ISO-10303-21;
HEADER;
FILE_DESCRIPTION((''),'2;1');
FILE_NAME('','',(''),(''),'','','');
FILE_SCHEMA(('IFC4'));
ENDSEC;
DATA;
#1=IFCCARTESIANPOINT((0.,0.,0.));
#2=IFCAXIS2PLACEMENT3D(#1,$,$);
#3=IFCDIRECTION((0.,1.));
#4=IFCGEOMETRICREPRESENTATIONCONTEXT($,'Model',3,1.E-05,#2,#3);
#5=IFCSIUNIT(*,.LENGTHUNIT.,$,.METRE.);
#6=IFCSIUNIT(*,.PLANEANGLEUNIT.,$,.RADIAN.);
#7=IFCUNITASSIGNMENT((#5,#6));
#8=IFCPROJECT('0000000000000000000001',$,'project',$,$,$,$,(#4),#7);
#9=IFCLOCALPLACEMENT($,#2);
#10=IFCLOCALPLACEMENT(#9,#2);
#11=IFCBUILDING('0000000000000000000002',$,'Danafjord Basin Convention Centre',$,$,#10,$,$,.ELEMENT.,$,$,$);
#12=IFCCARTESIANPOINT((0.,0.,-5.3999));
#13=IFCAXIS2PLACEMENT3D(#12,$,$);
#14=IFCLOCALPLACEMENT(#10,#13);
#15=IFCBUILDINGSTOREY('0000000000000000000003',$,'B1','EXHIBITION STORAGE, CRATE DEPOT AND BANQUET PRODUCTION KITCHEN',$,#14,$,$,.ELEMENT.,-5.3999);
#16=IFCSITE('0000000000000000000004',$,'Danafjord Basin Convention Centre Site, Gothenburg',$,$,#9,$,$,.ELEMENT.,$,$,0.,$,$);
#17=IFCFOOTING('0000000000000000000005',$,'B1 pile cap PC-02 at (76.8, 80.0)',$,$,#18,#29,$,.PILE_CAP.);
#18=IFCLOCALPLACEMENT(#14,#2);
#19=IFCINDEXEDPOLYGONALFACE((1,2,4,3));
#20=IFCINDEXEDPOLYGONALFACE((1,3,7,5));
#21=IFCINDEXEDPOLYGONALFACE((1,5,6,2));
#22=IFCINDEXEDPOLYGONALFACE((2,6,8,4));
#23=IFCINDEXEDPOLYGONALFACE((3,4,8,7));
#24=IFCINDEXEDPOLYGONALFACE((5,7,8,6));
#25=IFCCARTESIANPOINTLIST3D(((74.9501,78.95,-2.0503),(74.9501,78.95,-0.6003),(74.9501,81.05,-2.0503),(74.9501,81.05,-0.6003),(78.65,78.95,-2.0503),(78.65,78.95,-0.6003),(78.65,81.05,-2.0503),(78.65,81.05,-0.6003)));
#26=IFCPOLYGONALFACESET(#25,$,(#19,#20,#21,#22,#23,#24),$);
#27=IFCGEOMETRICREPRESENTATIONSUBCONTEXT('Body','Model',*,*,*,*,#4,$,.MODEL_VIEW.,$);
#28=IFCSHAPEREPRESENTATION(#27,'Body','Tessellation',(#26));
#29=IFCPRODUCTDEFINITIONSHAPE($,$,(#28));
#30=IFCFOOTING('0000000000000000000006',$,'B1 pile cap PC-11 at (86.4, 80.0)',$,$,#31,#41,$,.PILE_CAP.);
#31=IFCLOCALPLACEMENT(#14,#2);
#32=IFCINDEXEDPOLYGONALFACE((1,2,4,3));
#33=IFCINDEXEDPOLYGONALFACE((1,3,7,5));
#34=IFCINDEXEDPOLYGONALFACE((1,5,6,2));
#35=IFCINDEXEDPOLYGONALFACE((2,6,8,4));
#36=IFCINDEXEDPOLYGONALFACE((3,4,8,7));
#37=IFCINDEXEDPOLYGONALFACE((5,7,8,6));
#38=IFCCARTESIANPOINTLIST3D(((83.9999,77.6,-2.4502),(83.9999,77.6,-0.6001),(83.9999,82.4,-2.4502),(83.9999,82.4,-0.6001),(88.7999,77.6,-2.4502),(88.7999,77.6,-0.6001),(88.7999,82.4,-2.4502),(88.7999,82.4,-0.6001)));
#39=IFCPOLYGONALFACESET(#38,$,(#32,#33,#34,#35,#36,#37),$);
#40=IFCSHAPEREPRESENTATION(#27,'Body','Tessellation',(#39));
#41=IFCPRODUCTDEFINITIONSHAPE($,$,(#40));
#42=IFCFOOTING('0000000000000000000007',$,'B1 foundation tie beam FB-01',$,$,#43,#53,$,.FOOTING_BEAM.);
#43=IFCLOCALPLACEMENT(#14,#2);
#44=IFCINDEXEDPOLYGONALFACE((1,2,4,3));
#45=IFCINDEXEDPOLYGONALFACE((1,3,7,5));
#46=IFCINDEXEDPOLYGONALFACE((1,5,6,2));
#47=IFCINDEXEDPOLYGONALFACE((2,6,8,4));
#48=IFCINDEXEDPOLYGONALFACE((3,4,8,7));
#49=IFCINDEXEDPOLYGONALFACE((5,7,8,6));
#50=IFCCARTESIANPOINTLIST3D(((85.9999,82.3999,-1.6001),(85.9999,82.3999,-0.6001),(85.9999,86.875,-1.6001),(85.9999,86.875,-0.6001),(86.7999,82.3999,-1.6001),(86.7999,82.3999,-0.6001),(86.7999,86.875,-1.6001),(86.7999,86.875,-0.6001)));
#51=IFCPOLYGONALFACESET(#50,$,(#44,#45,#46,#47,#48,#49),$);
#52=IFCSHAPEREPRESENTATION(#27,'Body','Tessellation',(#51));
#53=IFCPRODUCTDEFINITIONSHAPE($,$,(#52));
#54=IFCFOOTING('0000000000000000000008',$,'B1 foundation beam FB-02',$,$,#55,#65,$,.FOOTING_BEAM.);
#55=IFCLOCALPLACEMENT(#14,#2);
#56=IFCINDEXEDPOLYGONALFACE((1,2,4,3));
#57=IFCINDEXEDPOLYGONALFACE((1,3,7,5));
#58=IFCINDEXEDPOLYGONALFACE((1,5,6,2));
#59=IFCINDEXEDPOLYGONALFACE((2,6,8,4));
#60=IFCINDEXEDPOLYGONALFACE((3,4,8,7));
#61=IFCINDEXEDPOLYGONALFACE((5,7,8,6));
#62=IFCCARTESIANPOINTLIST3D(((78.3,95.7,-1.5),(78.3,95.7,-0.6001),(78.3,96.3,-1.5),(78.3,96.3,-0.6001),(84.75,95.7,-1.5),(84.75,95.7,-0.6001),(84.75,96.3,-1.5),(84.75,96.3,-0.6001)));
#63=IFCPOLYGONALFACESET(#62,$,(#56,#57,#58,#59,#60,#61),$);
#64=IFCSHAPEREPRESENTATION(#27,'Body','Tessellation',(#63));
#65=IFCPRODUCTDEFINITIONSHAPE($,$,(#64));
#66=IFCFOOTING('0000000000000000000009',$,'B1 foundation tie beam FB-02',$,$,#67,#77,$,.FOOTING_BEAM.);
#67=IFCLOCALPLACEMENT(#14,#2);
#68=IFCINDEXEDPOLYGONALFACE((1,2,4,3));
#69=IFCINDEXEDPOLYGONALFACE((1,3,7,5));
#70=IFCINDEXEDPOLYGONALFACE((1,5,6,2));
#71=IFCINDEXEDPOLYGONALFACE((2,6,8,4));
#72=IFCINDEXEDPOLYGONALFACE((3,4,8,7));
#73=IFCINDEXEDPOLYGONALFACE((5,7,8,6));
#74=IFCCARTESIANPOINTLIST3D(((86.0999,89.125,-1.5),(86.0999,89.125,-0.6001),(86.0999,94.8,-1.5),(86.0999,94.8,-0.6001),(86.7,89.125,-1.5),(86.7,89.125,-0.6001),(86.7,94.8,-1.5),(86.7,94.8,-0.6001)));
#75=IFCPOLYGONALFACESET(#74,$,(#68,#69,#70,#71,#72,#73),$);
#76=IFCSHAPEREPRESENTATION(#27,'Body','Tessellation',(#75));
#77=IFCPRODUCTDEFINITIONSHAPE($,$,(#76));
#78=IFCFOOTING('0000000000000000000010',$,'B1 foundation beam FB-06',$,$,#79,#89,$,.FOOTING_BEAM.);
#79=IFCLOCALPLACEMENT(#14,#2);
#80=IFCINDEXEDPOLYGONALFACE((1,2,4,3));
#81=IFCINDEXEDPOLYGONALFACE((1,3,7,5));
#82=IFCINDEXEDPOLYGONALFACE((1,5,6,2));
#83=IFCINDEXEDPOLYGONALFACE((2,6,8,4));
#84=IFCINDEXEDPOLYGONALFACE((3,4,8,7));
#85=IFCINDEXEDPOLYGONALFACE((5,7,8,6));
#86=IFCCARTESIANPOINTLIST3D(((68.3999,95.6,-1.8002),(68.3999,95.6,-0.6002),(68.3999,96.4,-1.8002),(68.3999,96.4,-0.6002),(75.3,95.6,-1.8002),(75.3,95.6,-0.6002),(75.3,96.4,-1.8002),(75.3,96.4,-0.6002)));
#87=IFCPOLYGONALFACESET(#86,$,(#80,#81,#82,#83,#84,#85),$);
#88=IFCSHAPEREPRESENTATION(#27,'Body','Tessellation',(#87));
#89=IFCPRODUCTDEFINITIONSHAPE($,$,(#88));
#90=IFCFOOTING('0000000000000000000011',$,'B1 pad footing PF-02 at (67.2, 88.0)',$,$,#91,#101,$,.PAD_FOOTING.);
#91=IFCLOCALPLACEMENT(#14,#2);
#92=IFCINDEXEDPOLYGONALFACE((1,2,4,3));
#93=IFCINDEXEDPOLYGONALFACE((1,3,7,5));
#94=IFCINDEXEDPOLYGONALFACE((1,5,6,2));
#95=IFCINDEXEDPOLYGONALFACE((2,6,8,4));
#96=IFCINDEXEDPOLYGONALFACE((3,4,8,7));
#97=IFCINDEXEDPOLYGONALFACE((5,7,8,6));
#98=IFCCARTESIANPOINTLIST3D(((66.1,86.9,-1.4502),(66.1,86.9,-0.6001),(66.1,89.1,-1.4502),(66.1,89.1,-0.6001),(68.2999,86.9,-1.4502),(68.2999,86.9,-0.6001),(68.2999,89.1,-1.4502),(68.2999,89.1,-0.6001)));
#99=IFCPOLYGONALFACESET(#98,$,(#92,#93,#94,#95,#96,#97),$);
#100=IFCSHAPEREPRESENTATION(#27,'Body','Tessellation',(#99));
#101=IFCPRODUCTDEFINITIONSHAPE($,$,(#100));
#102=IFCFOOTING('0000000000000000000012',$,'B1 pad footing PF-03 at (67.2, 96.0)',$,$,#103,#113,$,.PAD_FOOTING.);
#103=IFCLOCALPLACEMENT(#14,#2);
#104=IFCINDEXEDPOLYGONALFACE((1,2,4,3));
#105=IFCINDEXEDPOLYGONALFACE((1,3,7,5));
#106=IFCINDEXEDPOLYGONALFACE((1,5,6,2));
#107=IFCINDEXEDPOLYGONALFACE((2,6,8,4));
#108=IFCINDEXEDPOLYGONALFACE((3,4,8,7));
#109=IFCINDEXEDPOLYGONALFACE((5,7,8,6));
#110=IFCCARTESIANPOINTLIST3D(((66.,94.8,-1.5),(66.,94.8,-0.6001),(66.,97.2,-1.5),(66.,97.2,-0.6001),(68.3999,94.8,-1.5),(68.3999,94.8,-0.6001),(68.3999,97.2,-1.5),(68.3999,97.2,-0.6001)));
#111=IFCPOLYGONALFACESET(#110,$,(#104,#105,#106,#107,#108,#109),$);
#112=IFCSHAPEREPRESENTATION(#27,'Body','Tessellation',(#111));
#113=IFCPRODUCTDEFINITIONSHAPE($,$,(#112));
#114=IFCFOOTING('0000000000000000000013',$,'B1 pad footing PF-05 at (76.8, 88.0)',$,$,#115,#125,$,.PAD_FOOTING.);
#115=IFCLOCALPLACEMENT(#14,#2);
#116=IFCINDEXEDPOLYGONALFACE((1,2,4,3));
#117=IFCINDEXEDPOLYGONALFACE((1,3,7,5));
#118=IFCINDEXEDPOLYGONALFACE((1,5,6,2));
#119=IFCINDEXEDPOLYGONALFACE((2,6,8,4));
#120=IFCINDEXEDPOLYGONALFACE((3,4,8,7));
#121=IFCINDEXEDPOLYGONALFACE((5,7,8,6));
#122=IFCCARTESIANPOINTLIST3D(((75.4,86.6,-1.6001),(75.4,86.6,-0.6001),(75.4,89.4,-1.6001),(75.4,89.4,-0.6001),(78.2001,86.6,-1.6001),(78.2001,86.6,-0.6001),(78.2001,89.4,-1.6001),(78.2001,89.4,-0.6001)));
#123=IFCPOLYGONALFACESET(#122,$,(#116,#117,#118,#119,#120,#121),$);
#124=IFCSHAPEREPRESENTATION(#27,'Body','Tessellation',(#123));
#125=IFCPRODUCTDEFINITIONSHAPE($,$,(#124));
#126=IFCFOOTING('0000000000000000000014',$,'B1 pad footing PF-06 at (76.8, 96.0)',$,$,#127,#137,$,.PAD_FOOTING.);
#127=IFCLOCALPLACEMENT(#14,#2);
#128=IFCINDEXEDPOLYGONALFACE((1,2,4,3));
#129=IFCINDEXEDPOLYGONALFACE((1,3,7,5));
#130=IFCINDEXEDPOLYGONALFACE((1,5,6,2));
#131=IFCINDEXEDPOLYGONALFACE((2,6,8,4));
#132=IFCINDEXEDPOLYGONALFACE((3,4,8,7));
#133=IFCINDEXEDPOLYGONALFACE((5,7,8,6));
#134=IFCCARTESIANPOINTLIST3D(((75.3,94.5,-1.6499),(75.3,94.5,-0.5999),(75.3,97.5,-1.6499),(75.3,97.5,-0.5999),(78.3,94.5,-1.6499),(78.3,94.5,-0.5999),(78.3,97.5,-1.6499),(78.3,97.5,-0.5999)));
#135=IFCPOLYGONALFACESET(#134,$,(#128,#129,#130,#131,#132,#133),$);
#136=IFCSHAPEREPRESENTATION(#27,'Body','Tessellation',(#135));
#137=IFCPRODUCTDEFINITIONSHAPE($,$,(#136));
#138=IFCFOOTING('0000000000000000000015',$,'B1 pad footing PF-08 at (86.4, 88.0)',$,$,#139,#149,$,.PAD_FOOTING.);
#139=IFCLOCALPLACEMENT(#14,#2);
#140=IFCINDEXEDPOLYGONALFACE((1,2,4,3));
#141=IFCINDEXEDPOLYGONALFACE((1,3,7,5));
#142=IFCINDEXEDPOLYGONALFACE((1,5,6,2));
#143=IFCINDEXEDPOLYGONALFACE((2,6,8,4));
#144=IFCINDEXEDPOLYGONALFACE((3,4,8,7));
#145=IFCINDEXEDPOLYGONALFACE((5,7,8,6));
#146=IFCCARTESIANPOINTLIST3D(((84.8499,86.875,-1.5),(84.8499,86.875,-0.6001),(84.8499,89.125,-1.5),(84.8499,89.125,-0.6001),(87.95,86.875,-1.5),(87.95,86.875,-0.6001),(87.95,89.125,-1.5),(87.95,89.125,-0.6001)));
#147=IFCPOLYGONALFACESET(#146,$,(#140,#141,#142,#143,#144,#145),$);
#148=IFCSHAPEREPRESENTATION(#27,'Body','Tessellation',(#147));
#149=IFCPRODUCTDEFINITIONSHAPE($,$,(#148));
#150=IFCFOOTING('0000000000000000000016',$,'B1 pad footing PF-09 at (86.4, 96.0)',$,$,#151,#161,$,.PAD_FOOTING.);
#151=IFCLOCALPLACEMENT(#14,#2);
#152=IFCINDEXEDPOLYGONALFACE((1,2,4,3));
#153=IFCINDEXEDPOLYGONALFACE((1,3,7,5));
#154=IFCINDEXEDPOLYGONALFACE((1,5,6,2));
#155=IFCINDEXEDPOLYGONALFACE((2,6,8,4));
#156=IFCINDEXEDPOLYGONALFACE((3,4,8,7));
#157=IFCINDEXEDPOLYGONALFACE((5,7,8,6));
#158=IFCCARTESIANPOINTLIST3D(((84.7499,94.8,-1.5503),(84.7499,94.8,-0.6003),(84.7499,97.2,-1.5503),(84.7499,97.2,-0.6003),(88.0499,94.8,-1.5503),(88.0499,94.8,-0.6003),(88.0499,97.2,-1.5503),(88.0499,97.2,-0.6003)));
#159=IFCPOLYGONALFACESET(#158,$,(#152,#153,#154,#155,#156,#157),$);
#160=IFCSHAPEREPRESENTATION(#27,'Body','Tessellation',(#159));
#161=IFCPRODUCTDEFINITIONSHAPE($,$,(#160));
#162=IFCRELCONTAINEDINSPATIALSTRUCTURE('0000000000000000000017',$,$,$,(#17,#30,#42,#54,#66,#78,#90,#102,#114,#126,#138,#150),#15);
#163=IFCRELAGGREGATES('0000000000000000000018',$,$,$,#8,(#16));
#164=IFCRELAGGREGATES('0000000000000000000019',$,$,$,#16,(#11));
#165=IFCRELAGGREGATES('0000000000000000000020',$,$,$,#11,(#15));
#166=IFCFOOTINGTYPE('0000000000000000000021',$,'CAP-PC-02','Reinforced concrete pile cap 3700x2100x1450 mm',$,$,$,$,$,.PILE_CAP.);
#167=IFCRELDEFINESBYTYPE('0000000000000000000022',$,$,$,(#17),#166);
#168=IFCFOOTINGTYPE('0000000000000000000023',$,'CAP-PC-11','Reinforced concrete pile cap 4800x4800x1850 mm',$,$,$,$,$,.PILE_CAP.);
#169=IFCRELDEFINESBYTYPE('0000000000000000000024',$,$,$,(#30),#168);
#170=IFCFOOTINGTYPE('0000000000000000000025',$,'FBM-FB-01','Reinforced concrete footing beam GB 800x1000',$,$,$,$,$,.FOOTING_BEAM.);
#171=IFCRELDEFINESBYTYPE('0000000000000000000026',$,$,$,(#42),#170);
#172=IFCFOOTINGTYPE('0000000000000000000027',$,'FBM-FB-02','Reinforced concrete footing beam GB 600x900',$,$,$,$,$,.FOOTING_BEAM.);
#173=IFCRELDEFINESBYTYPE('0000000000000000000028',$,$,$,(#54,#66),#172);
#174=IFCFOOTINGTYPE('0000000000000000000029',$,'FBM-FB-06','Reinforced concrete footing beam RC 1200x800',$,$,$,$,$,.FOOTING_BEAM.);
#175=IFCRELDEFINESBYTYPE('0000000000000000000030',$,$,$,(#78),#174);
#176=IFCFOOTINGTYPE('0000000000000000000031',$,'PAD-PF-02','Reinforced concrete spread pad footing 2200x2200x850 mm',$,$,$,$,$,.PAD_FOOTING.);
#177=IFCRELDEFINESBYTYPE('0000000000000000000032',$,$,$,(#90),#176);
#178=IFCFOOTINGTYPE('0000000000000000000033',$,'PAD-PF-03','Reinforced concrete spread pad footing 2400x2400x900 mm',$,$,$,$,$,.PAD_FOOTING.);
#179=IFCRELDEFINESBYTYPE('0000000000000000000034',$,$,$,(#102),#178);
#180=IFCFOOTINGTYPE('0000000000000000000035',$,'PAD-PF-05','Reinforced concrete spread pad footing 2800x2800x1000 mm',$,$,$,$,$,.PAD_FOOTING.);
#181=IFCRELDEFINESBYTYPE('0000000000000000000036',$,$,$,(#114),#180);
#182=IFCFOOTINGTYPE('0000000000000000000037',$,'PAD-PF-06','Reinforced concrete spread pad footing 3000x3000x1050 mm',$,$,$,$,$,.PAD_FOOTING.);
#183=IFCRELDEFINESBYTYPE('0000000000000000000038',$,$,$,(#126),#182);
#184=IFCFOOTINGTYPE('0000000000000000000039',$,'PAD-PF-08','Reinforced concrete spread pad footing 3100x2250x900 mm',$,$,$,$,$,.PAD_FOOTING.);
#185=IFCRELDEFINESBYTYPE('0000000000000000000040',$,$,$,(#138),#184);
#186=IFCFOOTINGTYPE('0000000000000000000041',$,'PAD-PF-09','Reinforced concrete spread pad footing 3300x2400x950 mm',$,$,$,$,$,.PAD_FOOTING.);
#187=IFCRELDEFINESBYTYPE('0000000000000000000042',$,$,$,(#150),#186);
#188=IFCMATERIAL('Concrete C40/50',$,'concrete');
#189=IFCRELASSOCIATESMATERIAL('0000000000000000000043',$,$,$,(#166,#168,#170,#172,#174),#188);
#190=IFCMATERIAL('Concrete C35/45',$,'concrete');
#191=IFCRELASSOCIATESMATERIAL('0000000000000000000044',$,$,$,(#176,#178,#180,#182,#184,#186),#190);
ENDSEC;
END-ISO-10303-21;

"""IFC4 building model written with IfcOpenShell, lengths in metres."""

from ifc_helpers import new_model, si_unit, direction, frame, origin, origin_2d, place, context, subcontext, project, spatial, rectangle, extrude, material, material_profile, profile_set, type_object, element, save


model = new_model("IFC4")

# Units and contexts
model_context = context("Model", 3, precision=1e-05, world=origin(), true_north=direction((0.0, 1.0)))
body_context = subcontext(model_context, "Body", "Model", "MODEL_VIEW")
ifc_project = project(units=[si_unit("LENGTHUNIT", "METRE"), si_unit("PLANEANGLEUNIT", "RADIAN")], contexts=[model_context])

# Site, building, storey
site_placement = place(None, origin())
site = spatial("IfcSite", under=ifc_project, at=site_placement, Name="Danafjord Basin Convention Centre Site, Gothenburg", CompositionType="ELEMENT", RefElevation=0.0)
building_placement = place(site_placement, origin())
building = spatial("IfcBuilding", under=site, at=building_placement, Name="Danafjord Basin Convention Centre", CompositionType="ELEMENT")
storey_placement = place(building_placement, frame((0.0, 0.0, -5.3999)))
storey = spatial("IfcBuildingStorey", under=building, at=storey_placement, Name="B1", Description="EXHIBITION STORAGE, CRATE DEPOT AND BANQUET PRODUCTION KITCHEN", CompositionType="ELEMENT", Elevation=-5.3999)

# Footings
ifc_material_1 = material(Name="Concrete C40/50", Category="concrete")
footing_type_1 = type_object("IfcFootingType", Name="CAP-PC-02", Description="Reinforced concrete pile cap 3700x2100x1450 mm", PredefinedType="PILE_CAP", material=ifc_material_1)
footing_1_placement = place(storey_placement, frame((76.8, 80.0, -2.0503), z_axis=(0.0, 0.0, 1.0), x_axis=(1.0, 0.0, 0.0)))
element("IfcFooting", 1, at=footing_1_placement, inside=storey, type_object=footing_type_1, Name="B1 pile cap PC-02 at (76.8, 80.0)", PredefinedType="PILE_CAP", context=body_context, shape_type="SweptSolid", body=[
    extrude(rectangle(XDim=3.7, YDim=2.1001, at=origin_2d()), origin(), (0.0, 0.0, 1.0), 1.45),
])
footing_type_2 = type_object("IfcFootingType", Name="CAP-PC-11", Description="Reinforced concrete pile cap 4800x4800x1850 mm", PredefinedType="PILE_CAP", material=ifc_material_1)
footing_2_placement = place(storey_placement, frame((86.3999, 80.0, -2.4502), z_axis=(0.0, 0.0, 1.0), x_axis=(1.0, 0.0, 0.0)))
element("IfcFooting", 2, at=footing_2_placement, inside=storey, type_object=footing_type_2, Name="B1 pile cap PC-11 at (86.4, 80.0)", PredefinedType="PILE_CAP", context=body_context, shape_type="SweptSolid", body=[
    extrude(rectangle(XDim=4.8, YDim=4.8, at=origin_2d()), origin(), (0.0, 0.0, 1.0), 1.8501),
])
ifc_material_profile_1 = material_profile(ifc_material_1, rectangle(XDim=0.8, YDim=1.0, at=origin_2d()), Name="GB 800x1000")
ifc_profile_set_1 = profile_set([ifc_material_profile_1], Name="Concrete C40/50")
footing_type_3 = type_object("IfcFootingType", Name="FBM-FB-01", Description="Reinforced concrete footing beam GB 800x1000", PredefinedType="FOOTING_BEAM", material=ifc_profile_set_1)
footing_3_placement = place(storey_placement, frame((86.3999, 82.3999, -1.1001), z_axis=(0.0, 1.0, 0.0), x_axis=(-1.0, 0.0, 0.0)))
element("IfcFooting", 3, at=footing_3_placement, inside=storey, type_object=footing_type_3, Name="B1 foundation tie beam FB-01", PredefinedType="FOOTING_BEAM", context=body_context, shape_type="SweptSolid", body=[
    extrude(rectangle(XDim=0.8, YDim=1.0, at=origin_2d()), origin(), (0.0, 0.0, 1.0), 4.4751),
])
ifc_material_profile_2 = material_profile(ifc_material_1, rectangle(XDim=0.6001, YDim=0.8999, at=origin_2d()), Name="GB 600x900")
ifc_profile_set_2 = profile_set([ifc_material_profile_2], Name="Concrete C40/50")
footing_type_4 = type_object("IfcFootingType", Name="FBM-FB-02", Description="Reinforced concrete footing beam GB 600x900", PredefinedType="FOOTING_BEAM", material=ifc_profile_set_2)
footing_4_placement = place(storey_placement, frame((78.3, 96.0, -1.05), z_axis=(1.0, 0.0, 0.0), x_axis=(0.0, 1.0, 0.0)))
element("IfcFooting", 4, at=footing_4_placement, inside=storey, type_object=footing_type_4, Name="B1 foundation beam FB-02", PredefinedType="FOOTING_BEAM", context=body_context, shape_type="SweptSolid", body=[
    extrude(rectangle(XDim=0.6001, YDim=0.8999, at=origin_2d()), origin(), (0.0, 0.0, 1.0), 6.45),
])
footing_5_placement = place(storey_placement, frame((86.3999, 89.125, -1.05), z_axis=(0.0, 1.0, 0.0), x_axis=(-1.0, 0.0, 0.0)))
element("IfcFooting", 5, at=footing_5_placement, inside=storey, type_object=footing_type_4, Name="B1 foundation tie beam FB-02", PredefinedType="FOOTING_BEAM", context=body_context, shape_type="SweptSolid", body=[
    extrude(rectangle(XDim=0.6001, YDim=0.8999, at=origin_2d()), origin(), (0.0, 0.0, 1.0), 5.675),
])
ifc_material_profile_3 = material_profile(ifc_material_1, rectangle(XDim=0.8, YDim=1.2, at=origin_2d()), Name="RC 1200x800")
ifc_profile_set_3 = profile_set([ifc_material_profile_3], Name="Concrete C40/50")
footing_type_5 = type_object("IfcFootingType", Name="FBM-FB-06", Description="Reinforced concrete footing beam RC 1200x800", PredefinedType="FOOTING_BEAM", material=ifc_profile_set_3)
footing_6_placement = place(storey_placement, frame((68.3999, 96.0, -1.2002), z_axis=(1.0, 0.0, 0.0), x_axis=(0.0, 1.0, 0.0)))
element("IfcFooting", 6, at=footing_6_placement, inside=storey, type_object=footing_type_5, Name="B1 foundation beam FB-06", PredefinedType="FOOTING_BEAM", context=body_context, shape_type="SweptSolid", body=[
    extrude(rectangle(XDim=0.8, YDim=1.2, at=origin_2d()), origin(), (0.0, 0.0, 1.0), 6.9001),
])
ifc_material_2 = material(Name="Concrete C35/45", Category="concrete")
footing_type_6 = type_object("IfcFootingType", Name="PAD-PF-02", Description="Reinforced concrete spread pad footing 2200x2200x850 mm", PredefinedType="PAD_FOOTING", material=ifc_material_2)
footing_7_placement = place(storey_placement, frame((67.2, 88.0, -1.4502), z_axis=(0.0, 0.0, 1.0), x_axis=(1.0, 0.0, 0.0)))
element("IfcFooting", 7, at=footing_7_placement, inside=storey, type_object=footing_type_6, Name="B1 pad footing PF-02 at (67.2, 88.0)", PredefinedType="PAD_FOOTING", context=body_context, shape_type="SweptSolid", body=[
    extrude(rectangle(XDim=2.2, YDim=2.2, at=origin_2d()), origin(), (0.0, 0.0, 1.0), 0.8501),
])
footing_type_7 = type_object("IfcFootingType", Name="PAD-PF-03", Description="Reinforced concrete spread pad footing 2400x2400x900 mm", PredefinedType="PAD_FOOTING", material=ifc_material_2)
footing_8_placement = place(storey_placement, frame((67.2, 96.0, -1.5), z_axis=(0.0, 0.0, 1.0), x_axis=(1.0, 0.0, 0.0)))
element("IfcFooting", 8, at=footing_8_placement, inside=storey, type_object=footing_type_7, Name="B1 pad footing PF-03 at (67.2, 96.0)", PredefinedType="PAD_FOOTING", context=body_context, shape_type="SweptSolid", body=[
    extrude(rectangle(XDim=2.3999, YDim=2.3999, at=origin_2d()), origin(), (0.0, 0.0, 1.0), 0.8999),
])
footing_type_8 = type_object("IfcFootingType", Name="PAD-PF-05", Description="Reinforced concrete spread pad footing 2800x2800x1000 mm", PredefinedType="PAD_FOOTING", material=ifc_material_2)
footing_9_placement = place(storey_placement, frame((76.8, 88.0, -1.6001), z_axis=(0.0, 0.0, 1.0), x_axis=(1.0, 0.0, 0.0)))
element("IfcFooting", 9, at=footing_9_placement, inside=storey, type_object=footing_type_8, Name="B1 pad footing PF-05 at (76.8, 88.0)", PredefinedType="PAD_FOOTING", context=body_context, shape_type="SweptSolid", body=[
    extrude(rectangle(XDim=2.8, YDim=2.8, at=origin_2d()), origin(), (0.0, 0.0, 1.0), 1.0),
])
footing_type_9 = type_object("IfcFootingType", Name="PAD-PF-06", Description="Reinforced concrete spread pad footing 3000x3000x1050 mm", PredefinedType="PAD_FOOTING", material=ifc_material_2)
footing_10_placement = place(storey_placement, frame((76.8, 96.0, -1.6499), z_axis=(0.0, 0.0, 1.0), x_axis=(1.0, 0.0, 0.0)))
element("IfcFooting", 10, at=footing_10_placement, inside=storey, type_object=footing_type_9, Name="B1 pad footing PF-06 at (76.8, 96.0)", PredefinedType="PAD_FOOTING", context=body_context, shape_type="SweptSolid", body=[
    extrude(rectangle(XDim=3.0, YDim=3.0, at=origin_2d()), origin(), (0.0, 0.0, 1.0), 1.05),
])
footing_type_10 = type_object("IfcFootingType", Name="PAD-PF-08", Description="Reinforced concrete spread pad footing 3100x2250x900 mm", PredefinedType="PAD_FOOTING", material=ifc_material_2)
footing_11_placement = place(storey_placement, frame((86.3999, 88.0, -1.5), z_axis=(0.0, 0.0, 1.0), x_axis=(1.0, 0.0, 0.0)))
element("IfcFooting", 11, at=footing_11_placement, inside=storey, type_object=footing_type_10, Name="B1 pad footing PF-08 at (86.4, 88.0)", PredefinedType="PAD_FOOTING", context=body_context, shape_type="SweptSolid", body=[
    extrude(rectangle(XDim=3.1001, YDim=2.25, at=origin_2d()), origin(), (0.0, 0.0, 1.0), 0.8999),
])
footing_type_11 = type_object("IfcFootingType", Name="PAD-PF-09", Description="Reinforced concrete spread pad footing 3300x2400x950 mm", PredefinedType="PAD_FOOTING", material=ifc_material_2)
footing_12_placement = place(storey_placement, frame((86.3999, 96.0, -1.5503), z_axis=(0.0, 0.0, 1.0), x_axis=(1.0, 0.0, 0.0)))
element("IfcFooting", 12, at=footing_12_placement, inside=storey, type_object=footing_type_11, Name="B1 pad footing PF-09 at (86.4, 96.0)", PredefinedType="PAD_FOOTING", context=body_context, shape_type="SweptSolid", body=[
    extrude(rectangle(XDim=3.3, YDim=2.3999, at=origin_2d()), origin(), (0.0, 0.0, 1.0), 0.95),
])

save(model, "model.ifc")
